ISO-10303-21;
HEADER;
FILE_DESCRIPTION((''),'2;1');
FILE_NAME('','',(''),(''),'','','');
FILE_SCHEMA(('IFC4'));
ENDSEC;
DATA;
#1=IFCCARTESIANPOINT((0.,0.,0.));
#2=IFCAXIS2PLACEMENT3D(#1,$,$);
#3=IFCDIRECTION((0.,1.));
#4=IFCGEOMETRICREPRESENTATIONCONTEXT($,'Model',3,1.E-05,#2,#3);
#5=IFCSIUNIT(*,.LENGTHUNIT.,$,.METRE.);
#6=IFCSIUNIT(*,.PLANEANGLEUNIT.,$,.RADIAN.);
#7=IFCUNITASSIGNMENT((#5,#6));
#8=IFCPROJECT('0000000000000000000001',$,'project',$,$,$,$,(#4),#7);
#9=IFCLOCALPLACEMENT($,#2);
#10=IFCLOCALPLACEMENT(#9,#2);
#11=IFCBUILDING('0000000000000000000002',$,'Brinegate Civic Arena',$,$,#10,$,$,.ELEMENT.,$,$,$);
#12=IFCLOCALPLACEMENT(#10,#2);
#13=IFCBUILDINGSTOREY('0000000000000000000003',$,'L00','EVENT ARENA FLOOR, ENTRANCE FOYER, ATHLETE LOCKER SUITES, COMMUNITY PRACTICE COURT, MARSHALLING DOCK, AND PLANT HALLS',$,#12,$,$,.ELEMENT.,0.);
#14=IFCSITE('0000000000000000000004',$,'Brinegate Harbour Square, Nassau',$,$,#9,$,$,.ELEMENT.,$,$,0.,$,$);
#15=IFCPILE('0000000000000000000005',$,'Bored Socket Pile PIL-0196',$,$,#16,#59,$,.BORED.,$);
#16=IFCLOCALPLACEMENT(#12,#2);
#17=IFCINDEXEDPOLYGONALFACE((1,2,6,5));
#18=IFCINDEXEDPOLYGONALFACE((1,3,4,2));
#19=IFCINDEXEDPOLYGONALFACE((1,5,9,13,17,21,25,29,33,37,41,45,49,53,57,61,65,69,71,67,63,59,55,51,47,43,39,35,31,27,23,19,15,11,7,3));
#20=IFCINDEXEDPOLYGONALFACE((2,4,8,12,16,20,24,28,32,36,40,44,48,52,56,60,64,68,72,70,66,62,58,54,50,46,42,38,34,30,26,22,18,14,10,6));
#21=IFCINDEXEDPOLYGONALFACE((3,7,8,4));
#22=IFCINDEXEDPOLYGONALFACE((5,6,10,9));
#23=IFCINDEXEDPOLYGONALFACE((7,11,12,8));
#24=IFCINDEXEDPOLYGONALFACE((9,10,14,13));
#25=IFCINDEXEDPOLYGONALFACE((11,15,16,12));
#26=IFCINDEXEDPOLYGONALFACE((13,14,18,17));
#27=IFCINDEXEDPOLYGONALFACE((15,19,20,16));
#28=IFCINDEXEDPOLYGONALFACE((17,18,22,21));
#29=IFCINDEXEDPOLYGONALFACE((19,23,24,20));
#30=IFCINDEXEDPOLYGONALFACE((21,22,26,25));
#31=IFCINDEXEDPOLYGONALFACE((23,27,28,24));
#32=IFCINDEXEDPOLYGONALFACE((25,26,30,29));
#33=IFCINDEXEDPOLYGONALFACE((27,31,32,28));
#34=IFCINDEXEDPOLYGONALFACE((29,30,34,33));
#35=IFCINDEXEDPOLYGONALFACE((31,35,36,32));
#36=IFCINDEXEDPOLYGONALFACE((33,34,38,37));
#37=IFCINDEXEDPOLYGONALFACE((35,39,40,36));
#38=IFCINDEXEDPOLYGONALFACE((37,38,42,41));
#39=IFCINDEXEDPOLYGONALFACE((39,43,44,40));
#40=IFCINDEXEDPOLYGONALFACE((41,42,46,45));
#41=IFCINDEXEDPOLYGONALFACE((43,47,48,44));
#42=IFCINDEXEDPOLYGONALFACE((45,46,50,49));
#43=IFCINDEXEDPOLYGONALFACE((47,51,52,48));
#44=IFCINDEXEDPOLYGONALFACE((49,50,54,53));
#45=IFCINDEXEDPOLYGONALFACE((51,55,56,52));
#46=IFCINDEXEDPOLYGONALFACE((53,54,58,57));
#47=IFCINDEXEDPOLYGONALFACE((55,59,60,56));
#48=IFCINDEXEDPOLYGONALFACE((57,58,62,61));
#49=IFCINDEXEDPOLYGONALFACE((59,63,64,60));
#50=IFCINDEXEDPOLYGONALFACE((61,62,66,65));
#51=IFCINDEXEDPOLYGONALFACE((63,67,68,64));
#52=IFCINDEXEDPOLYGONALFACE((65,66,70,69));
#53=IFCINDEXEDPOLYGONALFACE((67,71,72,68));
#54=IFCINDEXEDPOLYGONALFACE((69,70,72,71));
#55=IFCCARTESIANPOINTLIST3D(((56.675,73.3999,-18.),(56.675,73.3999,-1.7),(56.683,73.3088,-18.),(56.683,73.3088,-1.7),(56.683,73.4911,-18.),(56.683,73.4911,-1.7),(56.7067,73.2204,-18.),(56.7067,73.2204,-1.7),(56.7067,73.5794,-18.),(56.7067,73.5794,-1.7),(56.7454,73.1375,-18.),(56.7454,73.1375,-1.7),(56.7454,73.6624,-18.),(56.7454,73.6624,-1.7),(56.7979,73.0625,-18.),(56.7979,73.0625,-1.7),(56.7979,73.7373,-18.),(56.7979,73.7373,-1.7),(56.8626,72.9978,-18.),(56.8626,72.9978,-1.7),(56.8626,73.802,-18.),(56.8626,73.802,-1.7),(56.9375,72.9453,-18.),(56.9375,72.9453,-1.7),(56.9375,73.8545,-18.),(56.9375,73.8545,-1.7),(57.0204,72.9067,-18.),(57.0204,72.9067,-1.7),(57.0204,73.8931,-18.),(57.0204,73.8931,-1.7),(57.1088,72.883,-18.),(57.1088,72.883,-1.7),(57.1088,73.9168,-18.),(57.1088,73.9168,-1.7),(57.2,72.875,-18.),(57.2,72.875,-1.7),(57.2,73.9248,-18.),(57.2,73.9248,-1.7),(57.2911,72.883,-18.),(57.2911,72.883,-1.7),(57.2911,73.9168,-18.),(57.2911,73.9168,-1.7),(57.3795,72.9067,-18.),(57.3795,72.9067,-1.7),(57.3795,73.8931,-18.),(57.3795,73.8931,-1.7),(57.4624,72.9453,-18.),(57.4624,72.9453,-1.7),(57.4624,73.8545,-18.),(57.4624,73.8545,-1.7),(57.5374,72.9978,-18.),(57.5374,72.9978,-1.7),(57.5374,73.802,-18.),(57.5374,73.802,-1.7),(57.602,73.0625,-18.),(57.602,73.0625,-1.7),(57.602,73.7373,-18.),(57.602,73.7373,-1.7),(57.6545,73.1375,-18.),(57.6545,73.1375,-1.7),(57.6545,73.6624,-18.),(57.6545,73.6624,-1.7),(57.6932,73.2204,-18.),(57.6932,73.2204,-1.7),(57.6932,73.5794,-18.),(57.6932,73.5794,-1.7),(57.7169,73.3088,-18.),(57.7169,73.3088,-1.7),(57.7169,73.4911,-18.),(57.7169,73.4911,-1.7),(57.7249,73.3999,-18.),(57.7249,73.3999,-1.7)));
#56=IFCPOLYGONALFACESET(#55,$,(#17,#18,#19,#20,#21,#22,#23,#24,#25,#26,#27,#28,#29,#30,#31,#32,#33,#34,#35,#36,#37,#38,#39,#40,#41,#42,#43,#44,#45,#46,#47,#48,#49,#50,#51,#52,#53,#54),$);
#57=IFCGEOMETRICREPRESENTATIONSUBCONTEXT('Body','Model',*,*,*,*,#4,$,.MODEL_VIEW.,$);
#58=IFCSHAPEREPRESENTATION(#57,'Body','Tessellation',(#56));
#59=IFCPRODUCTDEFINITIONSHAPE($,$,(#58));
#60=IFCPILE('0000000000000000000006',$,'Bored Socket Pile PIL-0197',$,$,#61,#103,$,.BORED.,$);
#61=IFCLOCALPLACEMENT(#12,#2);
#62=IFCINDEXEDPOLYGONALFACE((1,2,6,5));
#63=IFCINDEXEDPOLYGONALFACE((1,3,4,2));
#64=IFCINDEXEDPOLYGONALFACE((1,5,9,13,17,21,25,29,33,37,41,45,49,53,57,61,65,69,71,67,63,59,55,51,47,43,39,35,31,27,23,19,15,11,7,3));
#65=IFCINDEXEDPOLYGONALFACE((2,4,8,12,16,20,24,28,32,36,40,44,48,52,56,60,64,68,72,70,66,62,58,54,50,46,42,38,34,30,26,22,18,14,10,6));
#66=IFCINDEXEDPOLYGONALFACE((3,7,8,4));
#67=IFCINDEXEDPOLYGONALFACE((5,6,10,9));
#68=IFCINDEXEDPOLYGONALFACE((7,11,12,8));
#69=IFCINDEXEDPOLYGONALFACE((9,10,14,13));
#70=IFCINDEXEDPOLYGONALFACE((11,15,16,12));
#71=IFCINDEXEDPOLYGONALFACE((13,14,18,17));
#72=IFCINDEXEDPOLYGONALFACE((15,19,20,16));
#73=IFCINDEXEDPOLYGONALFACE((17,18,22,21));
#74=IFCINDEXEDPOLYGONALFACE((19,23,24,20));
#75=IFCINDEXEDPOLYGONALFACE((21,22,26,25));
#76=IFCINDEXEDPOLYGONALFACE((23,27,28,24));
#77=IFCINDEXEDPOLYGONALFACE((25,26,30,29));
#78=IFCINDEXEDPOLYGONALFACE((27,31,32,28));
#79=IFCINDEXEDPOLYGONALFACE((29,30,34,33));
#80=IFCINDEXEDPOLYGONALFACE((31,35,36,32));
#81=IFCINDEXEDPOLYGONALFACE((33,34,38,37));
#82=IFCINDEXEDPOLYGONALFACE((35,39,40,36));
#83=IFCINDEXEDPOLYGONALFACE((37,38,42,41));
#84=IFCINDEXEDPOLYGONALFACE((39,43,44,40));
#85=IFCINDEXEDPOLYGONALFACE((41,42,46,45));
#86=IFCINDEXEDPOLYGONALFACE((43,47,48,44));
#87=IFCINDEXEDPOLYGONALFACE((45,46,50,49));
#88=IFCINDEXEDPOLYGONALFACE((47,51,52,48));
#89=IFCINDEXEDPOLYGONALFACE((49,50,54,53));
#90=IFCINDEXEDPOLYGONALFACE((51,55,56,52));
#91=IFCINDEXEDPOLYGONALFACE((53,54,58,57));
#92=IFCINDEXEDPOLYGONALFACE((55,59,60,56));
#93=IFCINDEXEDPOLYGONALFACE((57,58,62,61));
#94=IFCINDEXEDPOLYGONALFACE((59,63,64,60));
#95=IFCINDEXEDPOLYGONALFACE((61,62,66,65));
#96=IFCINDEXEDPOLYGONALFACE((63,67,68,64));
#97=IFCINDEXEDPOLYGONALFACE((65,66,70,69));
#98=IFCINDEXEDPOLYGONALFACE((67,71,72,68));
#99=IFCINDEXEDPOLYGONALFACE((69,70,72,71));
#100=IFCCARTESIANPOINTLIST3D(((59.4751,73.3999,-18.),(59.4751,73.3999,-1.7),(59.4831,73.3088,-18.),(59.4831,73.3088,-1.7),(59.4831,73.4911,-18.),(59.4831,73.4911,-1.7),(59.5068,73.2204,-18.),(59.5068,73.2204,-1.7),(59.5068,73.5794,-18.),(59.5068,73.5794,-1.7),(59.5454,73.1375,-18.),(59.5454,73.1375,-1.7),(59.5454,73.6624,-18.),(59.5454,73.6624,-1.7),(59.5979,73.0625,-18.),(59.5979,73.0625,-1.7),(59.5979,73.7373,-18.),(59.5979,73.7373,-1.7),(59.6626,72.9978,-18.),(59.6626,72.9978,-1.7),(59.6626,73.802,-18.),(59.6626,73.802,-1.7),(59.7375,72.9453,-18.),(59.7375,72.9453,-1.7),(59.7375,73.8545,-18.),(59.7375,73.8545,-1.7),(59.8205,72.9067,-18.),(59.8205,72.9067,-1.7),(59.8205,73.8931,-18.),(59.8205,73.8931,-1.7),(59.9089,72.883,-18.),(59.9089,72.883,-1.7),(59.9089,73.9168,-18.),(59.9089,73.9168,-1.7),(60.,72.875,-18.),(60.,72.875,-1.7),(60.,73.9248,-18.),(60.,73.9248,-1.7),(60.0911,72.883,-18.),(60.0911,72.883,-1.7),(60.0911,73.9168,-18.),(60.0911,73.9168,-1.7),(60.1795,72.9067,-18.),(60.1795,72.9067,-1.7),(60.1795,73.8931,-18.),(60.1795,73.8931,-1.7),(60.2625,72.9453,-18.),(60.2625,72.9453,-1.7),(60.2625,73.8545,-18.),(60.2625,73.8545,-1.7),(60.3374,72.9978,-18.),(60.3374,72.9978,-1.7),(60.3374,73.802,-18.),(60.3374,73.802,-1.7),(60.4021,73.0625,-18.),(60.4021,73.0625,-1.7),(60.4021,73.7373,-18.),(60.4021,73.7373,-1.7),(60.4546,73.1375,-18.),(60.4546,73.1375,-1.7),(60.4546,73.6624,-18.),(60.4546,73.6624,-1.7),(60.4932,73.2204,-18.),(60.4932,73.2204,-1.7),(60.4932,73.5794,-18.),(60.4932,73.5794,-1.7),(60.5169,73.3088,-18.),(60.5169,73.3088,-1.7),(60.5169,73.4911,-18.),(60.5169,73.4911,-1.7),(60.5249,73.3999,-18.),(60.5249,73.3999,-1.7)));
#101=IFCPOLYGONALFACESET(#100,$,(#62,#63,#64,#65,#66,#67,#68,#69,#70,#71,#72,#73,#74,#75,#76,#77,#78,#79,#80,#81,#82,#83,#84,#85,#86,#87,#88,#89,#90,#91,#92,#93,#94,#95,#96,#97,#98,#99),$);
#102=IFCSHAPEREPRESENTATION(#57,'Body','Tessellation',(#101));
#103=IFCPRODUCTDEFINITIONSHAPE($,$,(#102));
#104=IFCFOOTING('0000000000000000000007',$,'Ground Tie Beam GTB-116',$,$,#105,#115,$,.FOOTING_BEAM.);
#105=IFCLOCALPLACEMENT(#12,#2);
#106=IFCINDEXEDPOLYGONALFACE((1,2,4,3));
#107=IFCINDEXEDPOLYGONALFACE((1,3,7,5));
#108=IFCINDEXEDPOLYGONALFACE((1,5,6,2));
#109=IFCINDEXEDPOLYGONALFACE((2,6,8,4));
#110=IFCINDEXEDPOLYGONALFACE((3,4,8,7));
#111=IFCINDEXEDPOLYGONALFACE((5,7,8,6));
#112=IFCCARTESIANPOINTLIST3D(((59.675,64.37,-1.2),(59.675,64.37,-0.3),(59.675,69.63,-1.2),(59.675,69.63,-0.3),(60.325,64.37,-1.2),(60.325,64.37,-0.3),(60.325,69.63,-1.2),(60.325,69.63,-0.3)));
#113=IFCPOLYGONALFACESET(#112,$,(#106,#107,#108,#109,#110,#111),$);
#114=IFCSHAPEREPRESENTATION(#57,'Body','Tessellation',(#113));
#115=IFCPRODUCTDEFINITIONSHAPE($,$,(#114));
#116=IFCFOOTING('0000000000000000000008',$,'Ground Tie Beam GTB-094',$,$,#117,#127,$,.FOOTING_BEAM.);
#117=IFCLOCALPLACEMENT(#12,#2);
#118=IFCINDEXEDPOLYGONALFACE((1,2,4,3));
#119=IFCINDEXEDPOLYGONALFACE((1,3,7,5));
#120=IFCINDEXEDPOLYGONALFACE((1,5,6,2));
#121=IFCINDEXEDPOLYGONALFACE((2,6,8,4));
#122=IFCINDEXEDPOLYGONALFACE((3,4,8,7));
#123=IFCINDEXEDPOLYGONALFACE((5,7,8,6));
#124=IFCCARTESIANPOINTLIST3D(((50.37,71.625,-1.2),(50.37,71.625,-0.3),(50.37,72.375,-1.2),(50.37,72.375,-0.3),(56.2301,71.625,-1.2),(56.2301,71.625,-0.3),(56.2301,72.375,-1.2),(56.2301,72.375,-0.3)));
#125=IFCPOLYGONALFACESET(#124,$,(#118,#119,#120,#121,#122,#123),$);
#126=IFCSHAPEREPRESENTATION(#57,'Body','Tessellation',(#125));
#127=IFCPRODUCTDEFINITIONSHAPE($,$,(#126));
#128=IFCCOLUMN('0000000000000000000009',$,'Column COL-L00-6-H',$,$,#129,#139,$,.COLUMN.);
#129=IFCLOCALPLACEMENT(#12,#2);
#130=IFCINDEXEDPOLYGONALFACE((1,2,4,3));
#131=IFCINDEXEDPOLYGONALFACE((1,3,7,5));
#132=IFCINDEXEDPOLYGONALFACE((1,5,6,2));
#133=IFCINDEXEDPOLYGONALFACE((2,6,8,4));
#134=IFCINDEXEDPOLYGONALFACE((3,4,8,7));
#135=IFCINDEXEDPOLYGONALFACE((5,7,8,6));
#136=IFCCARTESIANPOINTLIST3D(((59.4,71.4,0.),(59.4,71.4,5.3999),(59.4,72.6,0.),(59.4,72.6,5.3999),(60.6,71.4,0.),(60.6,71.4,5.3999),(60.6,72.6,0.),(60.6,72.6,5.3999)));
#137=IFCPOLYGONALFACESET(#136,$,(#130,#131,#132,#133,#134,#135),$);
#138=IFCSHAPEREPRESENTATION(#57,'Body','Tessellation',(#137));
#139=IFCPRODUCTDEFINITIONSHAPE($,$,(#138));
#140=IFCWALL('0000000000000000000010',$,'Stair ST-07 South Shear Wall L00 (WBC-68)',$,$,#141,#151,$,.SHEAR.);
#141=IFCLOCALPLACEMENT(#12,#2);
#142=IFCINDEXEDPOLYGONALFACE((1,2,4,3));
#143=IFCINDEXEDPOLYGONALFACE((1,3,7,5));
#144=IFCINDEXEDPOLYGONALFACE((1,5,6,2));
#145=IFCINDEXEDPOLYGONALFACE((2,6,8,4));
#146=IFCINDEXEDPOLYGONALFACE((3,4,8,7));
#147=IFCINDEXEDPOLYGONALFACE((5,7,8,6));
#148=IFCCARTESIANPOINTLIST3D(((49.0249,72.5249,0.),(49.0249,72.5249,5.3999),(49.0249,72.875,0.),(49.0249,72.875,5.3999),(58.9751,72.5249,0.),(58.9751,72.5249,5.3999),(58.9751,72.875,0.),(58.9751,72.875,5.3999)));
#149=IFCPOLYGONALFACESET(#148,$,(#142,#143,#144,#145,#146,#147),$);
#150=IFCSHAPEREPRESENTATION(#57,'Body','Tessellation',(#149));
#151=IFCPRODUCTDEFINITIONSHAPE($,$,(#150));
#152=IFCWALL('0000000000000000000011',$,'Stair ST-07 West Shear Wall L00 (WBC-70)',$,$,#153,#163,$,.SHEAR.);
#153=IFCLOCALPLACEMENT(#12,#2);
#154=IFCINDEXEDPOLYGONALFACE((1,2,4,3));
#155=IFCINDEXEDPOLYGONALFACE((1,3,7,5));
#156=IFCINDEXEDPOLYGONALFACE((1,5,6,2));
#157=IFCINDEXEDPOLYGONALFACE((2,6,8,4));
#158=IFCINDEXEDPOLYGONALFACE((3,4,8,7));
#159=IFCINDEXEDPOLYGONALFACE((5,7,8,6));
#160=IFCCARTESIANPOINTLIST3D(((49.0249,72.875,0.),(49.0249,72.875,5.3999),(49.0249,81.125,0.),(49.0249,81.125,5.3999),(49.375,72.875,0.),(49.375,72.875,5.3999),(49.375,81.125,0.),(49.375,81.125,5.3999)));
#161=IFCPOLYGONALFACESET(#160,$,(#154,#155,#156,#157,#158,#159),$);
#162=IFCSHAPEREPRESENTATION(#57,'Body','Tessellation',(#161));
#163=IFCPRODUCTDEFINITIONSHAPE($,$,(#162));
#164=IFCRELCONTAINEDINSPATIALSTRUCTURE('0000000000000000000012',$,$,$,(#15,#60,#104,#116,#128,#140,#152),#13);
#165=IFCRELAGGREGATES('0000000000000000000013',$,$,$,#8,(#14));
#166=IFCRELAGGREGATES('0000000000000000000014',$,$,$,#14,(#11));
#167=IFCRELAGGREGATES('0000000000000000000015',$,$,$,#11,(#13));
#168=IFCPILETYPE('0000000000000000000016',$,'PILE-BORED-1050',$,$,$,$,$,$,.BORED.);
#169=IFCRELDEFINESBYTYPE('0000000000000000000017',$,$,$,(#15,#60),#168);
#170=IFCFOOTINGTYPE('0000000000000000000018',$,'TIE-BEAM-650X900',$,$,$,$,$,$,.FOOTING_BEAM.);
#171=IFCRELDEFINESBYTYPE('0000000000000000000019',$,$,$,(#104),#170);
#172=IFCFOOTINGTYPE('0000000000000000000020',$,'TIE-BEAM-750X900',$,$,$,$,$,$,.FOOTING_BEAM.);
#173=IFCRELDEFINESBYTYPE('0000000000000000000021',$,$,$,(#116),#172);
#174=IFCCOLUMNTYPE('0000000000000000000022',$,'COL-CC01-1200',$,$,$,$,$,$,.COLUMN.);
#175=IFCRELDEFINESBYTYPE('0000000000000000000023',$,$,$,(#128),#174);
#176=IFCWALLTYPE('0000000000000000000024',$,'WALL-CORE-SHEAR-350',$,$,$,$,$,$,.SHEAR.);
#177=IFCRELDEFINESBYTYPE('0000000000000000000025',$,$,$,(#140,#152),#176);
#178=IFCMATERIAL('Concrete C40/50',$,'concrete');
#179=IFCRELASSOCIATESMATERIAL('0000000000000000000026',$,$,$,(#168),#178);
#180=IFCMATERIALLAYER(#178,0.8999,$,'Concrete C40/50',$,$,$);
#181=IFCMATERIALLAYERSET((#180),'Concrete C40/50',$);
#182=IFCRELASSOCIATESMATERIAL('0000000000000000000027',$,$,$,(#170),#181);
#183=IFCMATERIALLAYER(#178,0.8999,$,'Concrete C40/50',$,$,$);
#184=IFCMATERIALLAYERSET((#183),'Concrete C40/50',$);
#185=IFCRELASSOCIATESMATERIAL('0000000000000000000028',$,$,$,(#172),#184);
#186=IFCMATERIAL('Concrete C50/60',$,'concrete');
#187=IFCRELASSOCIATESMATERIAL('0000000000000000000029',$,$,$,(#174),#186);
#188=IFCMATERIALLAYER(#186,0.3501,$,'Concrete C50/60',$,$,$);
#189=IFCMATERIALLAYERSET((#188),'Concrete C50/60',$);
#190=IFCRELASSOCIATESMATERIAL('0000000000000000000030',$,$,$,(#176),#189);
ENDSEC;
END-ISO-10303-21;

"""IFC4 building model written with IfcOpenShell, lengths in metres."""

from ifc_helpers import new_model, si_unit, direction, frame, frame_2d, origin, origin_2d, place, context, subcontext, project, spatial, rectangle, circle, extrude, material, layer, layer_set, material_profile, profile_set, type_object, element, save


model = new_model("IFC4")

# Units and contexts
model_context = context("Model", 3, precision=1e-05, world=origin(), true_north=direction((0.0, 1.0)))
body_context = subcontext(model_context, "Body", "Model", "MODEL_VIEW")
ifc_project = project(units=[si_unit("LENGTHUNIT", "METRE"), si_unit("PLANEANGLEUNIT", "RADIAN")], contexts=[model_context])

# Site, building, storey
site_placement = place(None, origin())
site = spatial("IfcSite", under=ifc_project, at=site_placement, Name="Brinegate Harbour Square, Nassau", CompositionType="ELEMENT", RefElevation=0.0)
building_placement = place(site_placement, origin())
building = spatial("IfcBuilding", under=site, at=building_placement, Name="Brinegate Civic Arena", CompositionType="ELEMENT")
storey_placement = place(building_placement, origin())
storey = spatial("IfcBuildingStorey", under=building, at=storey_placement, Name="L00", Description="EVENT ARENA FLOOR, ENTRANCE FOYER, ATHLETE LOCKER SUITES, COMMUNITY PRACTICE COURT, MARSHALLING DOCK, AND PLANT HALLS", CompositionType="ELEMENT", Elevation=0.0)

# Shared definitions
ifc_material_1 = material(Name="Concrete C40/50", Category="concrete")

# Piles
ifc_material_profile_1 = material_profile(ifc_material_1, circle(Radius=0.5249, at=origin_2d()), Name="PILED1050")
ifc_profile_set_1 = profile_set([ifc_material_profile_1], Name="Concrete C40/50")
pile_type = type_object("IfcPileType", Name="PILE-BORED-1050", PredefinedType="BORED", material=ifc_profile_set_1)
for number, where, z_axis, x_axis, name in (
    (1, (57.2, 73.3999, -1.7), (0.0, 0.0, -1.0), (1.0, 0.0, 0.0), "Bored Socket Pile PIL-0196"),
    (2, (60.0, 73.3999, -1.7), (0.0, 0.0, -1.0), (1.0, 0.0, 0.0), "Bored Socket Pile PIL-0197"),
):
    element("IfcPile", number, at=place(storey_placement, frame(where, z_axis=z_axis, x_axis=x_axis)), inside=storey, type_object=pile_type, Name=name, PredefinedType="BORED", context=body_context, shape_type="SweptSolid", body=[
        extrude(circle(Radius=0.5249, at=origin_2d()), origin(), (0.0, 0.0, 1.0), 16.3),
    ])

# Footings
ifc_layer_1 = layer(ifc_material_1, 0.8999, Name="Concrete C40/50")
ifc_layer_set_1 = layer_set([ifc_layer_1], Name="Concrete C40/50")
footing_type_1 = type_object("IfcFootingType", Name="TIE-BEAM-650X900", PredefinedType="FOOTING_BEAM", material=ifc_layer_set_1)
footing_1_placement = place(storey_placement, frame((60.0, 67.0, -1.2), z_axis=(0.0, 0.0, 1.0), x_axis=(0.0, 1.0, 0.0)))
element("IfcFooting", 3, at=footing_1_placement, inside=storey, type_object=footing_type_1, Name="Ground Tie Beam GTB-116", PredefinedType="FOOTING_BEAM", context=body_context, shape_type="SweptSolid", body=[
    extrude(rectangle(XDim=5.26, YDim=0.6499, at=origin_2d()), origin(), (0.0, 0.0, 1.0), 0.8999),
])
ifc_layer_2 = layer(ifc_material_1, 0.8999, Name="Concrete C40/50")
ifc_layer_set_2 = layer_set([ifc_layer_2], Name="Concrete C40/50")
footing_type_2 = type_object("IfcFootingType", Name="TIE-BEAM-750X900", PredefinedType="FOOTING_BEAM", material=ifc_layer_set_2)
footing_2_placement = place(storey_placement, frame((53.3, 72.0, -1.2), z_axis=(0.0, 0.0, 1.0), x_axis=(1.0, 0.0, 0.0)))
element("IfcFooting", 4, at=footing_2_placement, inside=storey, type_object=footing_type_2, Name="Ground Tie Beam GTB-094", PredefinedType="FOOTING_BEAM", context=body_context, shape_type="SweptSolid", body=[
    extrude(rectangle(XDim=5.8601, YDim=0.75, at=origin_2d()), origin(), (0.0, 0.0, 1.0), 0.8999),
])

# Column
ifc_material_2 = material(Name="Concrete C50/60", Category="concrete")
ifc_material_profile_2 = material_profile(ifc_material_2, rectangle(XDim=1.2, YDim=1.2, at=origin_2d()), Name="RC1200X1200")
ifc_profile_set_2 = profile_set([ifc_material_profile_2], Name="Concrete C50/60")
column_type = type_object("IfcColumnType", Name="COL-CC01-1200", PredefinedType="COLUMN", material=ifc_profile_set_2)
column_placement = place(storey_placement, frame((60.0, 72.0, 0.0), z_axis=(0.0, 0.0, 1.0), x_axis=(1.0, 0.0, 0.0)))
element("IfcColumn", 5, at=column_placement, inside=storey, type_object=column_type, Name="Column COL-L00-6-H", PredefinedType="COLUMN", context=body_context, shape_type="SweptSolid", body=[
    extrude(rectangle(XDim=1.2, YDim=1.2, at=origin_2d()), origin(), (0.0, 0.0, 1.0), 5.3999),
])

# Walls
ifc_layer_3 = layer(ifc_material_2, 0.3501, Name="Concrete C50/60")
ifc_layer_set_3 = layer_set([ifc_layer_3], Name="Concrete C50/60")
wall_type = type_object("IfcWallType", Name="WALL-CORE-SHEAR-350", PredefinedType="SHEAR", material=ifc_layer_set_3)
wall_1_placement = place(storey_placement, frame((49.0249, 72.7, 0.0), z_axis=(0.0, 0.0, 1.0), x_axis=(1.0, 0.0, 0.0)))
element("IfcWall", 6, at=wall_1_placement, inside=storey, type_object=wall_type, Name="Stair ST-07 South Shear Wall L00 (WBC-68)", PredefinedType="SHEAR", context=body_context, shape_type="SweptSolid", body=[
    extrude(rectangle(XDim=9.9502, YDim=0.3501, at=frame_2d((4.9751, 0.0))), origin(), (0.0, 0.0, 1.0), 5.3999),
])
wall_2_placement = place(storey_placement, frame((49.2, 72.875, 0.0), z_axis=(0.0, 0.0, 1.0), x_axis=(0.0, 1.0, 0.0)))
element("IfcWall", 7, at=wall_2_placement, inside=storey, type_object=wall_type, Name="Stair ST-07 West Shear Wall L00 (WBC-70)", PredefinedType="SHEAR", context=body_context, shape_type="SweptSolid", body=[
    extrude(rectangle(XDim=8.25, YDim=0.3501, at=frame_2d((4.125, 0.0))), origin(), (0.0, 0.0, 1.0), 5.3999),
])

save(model, "model.ifc")
